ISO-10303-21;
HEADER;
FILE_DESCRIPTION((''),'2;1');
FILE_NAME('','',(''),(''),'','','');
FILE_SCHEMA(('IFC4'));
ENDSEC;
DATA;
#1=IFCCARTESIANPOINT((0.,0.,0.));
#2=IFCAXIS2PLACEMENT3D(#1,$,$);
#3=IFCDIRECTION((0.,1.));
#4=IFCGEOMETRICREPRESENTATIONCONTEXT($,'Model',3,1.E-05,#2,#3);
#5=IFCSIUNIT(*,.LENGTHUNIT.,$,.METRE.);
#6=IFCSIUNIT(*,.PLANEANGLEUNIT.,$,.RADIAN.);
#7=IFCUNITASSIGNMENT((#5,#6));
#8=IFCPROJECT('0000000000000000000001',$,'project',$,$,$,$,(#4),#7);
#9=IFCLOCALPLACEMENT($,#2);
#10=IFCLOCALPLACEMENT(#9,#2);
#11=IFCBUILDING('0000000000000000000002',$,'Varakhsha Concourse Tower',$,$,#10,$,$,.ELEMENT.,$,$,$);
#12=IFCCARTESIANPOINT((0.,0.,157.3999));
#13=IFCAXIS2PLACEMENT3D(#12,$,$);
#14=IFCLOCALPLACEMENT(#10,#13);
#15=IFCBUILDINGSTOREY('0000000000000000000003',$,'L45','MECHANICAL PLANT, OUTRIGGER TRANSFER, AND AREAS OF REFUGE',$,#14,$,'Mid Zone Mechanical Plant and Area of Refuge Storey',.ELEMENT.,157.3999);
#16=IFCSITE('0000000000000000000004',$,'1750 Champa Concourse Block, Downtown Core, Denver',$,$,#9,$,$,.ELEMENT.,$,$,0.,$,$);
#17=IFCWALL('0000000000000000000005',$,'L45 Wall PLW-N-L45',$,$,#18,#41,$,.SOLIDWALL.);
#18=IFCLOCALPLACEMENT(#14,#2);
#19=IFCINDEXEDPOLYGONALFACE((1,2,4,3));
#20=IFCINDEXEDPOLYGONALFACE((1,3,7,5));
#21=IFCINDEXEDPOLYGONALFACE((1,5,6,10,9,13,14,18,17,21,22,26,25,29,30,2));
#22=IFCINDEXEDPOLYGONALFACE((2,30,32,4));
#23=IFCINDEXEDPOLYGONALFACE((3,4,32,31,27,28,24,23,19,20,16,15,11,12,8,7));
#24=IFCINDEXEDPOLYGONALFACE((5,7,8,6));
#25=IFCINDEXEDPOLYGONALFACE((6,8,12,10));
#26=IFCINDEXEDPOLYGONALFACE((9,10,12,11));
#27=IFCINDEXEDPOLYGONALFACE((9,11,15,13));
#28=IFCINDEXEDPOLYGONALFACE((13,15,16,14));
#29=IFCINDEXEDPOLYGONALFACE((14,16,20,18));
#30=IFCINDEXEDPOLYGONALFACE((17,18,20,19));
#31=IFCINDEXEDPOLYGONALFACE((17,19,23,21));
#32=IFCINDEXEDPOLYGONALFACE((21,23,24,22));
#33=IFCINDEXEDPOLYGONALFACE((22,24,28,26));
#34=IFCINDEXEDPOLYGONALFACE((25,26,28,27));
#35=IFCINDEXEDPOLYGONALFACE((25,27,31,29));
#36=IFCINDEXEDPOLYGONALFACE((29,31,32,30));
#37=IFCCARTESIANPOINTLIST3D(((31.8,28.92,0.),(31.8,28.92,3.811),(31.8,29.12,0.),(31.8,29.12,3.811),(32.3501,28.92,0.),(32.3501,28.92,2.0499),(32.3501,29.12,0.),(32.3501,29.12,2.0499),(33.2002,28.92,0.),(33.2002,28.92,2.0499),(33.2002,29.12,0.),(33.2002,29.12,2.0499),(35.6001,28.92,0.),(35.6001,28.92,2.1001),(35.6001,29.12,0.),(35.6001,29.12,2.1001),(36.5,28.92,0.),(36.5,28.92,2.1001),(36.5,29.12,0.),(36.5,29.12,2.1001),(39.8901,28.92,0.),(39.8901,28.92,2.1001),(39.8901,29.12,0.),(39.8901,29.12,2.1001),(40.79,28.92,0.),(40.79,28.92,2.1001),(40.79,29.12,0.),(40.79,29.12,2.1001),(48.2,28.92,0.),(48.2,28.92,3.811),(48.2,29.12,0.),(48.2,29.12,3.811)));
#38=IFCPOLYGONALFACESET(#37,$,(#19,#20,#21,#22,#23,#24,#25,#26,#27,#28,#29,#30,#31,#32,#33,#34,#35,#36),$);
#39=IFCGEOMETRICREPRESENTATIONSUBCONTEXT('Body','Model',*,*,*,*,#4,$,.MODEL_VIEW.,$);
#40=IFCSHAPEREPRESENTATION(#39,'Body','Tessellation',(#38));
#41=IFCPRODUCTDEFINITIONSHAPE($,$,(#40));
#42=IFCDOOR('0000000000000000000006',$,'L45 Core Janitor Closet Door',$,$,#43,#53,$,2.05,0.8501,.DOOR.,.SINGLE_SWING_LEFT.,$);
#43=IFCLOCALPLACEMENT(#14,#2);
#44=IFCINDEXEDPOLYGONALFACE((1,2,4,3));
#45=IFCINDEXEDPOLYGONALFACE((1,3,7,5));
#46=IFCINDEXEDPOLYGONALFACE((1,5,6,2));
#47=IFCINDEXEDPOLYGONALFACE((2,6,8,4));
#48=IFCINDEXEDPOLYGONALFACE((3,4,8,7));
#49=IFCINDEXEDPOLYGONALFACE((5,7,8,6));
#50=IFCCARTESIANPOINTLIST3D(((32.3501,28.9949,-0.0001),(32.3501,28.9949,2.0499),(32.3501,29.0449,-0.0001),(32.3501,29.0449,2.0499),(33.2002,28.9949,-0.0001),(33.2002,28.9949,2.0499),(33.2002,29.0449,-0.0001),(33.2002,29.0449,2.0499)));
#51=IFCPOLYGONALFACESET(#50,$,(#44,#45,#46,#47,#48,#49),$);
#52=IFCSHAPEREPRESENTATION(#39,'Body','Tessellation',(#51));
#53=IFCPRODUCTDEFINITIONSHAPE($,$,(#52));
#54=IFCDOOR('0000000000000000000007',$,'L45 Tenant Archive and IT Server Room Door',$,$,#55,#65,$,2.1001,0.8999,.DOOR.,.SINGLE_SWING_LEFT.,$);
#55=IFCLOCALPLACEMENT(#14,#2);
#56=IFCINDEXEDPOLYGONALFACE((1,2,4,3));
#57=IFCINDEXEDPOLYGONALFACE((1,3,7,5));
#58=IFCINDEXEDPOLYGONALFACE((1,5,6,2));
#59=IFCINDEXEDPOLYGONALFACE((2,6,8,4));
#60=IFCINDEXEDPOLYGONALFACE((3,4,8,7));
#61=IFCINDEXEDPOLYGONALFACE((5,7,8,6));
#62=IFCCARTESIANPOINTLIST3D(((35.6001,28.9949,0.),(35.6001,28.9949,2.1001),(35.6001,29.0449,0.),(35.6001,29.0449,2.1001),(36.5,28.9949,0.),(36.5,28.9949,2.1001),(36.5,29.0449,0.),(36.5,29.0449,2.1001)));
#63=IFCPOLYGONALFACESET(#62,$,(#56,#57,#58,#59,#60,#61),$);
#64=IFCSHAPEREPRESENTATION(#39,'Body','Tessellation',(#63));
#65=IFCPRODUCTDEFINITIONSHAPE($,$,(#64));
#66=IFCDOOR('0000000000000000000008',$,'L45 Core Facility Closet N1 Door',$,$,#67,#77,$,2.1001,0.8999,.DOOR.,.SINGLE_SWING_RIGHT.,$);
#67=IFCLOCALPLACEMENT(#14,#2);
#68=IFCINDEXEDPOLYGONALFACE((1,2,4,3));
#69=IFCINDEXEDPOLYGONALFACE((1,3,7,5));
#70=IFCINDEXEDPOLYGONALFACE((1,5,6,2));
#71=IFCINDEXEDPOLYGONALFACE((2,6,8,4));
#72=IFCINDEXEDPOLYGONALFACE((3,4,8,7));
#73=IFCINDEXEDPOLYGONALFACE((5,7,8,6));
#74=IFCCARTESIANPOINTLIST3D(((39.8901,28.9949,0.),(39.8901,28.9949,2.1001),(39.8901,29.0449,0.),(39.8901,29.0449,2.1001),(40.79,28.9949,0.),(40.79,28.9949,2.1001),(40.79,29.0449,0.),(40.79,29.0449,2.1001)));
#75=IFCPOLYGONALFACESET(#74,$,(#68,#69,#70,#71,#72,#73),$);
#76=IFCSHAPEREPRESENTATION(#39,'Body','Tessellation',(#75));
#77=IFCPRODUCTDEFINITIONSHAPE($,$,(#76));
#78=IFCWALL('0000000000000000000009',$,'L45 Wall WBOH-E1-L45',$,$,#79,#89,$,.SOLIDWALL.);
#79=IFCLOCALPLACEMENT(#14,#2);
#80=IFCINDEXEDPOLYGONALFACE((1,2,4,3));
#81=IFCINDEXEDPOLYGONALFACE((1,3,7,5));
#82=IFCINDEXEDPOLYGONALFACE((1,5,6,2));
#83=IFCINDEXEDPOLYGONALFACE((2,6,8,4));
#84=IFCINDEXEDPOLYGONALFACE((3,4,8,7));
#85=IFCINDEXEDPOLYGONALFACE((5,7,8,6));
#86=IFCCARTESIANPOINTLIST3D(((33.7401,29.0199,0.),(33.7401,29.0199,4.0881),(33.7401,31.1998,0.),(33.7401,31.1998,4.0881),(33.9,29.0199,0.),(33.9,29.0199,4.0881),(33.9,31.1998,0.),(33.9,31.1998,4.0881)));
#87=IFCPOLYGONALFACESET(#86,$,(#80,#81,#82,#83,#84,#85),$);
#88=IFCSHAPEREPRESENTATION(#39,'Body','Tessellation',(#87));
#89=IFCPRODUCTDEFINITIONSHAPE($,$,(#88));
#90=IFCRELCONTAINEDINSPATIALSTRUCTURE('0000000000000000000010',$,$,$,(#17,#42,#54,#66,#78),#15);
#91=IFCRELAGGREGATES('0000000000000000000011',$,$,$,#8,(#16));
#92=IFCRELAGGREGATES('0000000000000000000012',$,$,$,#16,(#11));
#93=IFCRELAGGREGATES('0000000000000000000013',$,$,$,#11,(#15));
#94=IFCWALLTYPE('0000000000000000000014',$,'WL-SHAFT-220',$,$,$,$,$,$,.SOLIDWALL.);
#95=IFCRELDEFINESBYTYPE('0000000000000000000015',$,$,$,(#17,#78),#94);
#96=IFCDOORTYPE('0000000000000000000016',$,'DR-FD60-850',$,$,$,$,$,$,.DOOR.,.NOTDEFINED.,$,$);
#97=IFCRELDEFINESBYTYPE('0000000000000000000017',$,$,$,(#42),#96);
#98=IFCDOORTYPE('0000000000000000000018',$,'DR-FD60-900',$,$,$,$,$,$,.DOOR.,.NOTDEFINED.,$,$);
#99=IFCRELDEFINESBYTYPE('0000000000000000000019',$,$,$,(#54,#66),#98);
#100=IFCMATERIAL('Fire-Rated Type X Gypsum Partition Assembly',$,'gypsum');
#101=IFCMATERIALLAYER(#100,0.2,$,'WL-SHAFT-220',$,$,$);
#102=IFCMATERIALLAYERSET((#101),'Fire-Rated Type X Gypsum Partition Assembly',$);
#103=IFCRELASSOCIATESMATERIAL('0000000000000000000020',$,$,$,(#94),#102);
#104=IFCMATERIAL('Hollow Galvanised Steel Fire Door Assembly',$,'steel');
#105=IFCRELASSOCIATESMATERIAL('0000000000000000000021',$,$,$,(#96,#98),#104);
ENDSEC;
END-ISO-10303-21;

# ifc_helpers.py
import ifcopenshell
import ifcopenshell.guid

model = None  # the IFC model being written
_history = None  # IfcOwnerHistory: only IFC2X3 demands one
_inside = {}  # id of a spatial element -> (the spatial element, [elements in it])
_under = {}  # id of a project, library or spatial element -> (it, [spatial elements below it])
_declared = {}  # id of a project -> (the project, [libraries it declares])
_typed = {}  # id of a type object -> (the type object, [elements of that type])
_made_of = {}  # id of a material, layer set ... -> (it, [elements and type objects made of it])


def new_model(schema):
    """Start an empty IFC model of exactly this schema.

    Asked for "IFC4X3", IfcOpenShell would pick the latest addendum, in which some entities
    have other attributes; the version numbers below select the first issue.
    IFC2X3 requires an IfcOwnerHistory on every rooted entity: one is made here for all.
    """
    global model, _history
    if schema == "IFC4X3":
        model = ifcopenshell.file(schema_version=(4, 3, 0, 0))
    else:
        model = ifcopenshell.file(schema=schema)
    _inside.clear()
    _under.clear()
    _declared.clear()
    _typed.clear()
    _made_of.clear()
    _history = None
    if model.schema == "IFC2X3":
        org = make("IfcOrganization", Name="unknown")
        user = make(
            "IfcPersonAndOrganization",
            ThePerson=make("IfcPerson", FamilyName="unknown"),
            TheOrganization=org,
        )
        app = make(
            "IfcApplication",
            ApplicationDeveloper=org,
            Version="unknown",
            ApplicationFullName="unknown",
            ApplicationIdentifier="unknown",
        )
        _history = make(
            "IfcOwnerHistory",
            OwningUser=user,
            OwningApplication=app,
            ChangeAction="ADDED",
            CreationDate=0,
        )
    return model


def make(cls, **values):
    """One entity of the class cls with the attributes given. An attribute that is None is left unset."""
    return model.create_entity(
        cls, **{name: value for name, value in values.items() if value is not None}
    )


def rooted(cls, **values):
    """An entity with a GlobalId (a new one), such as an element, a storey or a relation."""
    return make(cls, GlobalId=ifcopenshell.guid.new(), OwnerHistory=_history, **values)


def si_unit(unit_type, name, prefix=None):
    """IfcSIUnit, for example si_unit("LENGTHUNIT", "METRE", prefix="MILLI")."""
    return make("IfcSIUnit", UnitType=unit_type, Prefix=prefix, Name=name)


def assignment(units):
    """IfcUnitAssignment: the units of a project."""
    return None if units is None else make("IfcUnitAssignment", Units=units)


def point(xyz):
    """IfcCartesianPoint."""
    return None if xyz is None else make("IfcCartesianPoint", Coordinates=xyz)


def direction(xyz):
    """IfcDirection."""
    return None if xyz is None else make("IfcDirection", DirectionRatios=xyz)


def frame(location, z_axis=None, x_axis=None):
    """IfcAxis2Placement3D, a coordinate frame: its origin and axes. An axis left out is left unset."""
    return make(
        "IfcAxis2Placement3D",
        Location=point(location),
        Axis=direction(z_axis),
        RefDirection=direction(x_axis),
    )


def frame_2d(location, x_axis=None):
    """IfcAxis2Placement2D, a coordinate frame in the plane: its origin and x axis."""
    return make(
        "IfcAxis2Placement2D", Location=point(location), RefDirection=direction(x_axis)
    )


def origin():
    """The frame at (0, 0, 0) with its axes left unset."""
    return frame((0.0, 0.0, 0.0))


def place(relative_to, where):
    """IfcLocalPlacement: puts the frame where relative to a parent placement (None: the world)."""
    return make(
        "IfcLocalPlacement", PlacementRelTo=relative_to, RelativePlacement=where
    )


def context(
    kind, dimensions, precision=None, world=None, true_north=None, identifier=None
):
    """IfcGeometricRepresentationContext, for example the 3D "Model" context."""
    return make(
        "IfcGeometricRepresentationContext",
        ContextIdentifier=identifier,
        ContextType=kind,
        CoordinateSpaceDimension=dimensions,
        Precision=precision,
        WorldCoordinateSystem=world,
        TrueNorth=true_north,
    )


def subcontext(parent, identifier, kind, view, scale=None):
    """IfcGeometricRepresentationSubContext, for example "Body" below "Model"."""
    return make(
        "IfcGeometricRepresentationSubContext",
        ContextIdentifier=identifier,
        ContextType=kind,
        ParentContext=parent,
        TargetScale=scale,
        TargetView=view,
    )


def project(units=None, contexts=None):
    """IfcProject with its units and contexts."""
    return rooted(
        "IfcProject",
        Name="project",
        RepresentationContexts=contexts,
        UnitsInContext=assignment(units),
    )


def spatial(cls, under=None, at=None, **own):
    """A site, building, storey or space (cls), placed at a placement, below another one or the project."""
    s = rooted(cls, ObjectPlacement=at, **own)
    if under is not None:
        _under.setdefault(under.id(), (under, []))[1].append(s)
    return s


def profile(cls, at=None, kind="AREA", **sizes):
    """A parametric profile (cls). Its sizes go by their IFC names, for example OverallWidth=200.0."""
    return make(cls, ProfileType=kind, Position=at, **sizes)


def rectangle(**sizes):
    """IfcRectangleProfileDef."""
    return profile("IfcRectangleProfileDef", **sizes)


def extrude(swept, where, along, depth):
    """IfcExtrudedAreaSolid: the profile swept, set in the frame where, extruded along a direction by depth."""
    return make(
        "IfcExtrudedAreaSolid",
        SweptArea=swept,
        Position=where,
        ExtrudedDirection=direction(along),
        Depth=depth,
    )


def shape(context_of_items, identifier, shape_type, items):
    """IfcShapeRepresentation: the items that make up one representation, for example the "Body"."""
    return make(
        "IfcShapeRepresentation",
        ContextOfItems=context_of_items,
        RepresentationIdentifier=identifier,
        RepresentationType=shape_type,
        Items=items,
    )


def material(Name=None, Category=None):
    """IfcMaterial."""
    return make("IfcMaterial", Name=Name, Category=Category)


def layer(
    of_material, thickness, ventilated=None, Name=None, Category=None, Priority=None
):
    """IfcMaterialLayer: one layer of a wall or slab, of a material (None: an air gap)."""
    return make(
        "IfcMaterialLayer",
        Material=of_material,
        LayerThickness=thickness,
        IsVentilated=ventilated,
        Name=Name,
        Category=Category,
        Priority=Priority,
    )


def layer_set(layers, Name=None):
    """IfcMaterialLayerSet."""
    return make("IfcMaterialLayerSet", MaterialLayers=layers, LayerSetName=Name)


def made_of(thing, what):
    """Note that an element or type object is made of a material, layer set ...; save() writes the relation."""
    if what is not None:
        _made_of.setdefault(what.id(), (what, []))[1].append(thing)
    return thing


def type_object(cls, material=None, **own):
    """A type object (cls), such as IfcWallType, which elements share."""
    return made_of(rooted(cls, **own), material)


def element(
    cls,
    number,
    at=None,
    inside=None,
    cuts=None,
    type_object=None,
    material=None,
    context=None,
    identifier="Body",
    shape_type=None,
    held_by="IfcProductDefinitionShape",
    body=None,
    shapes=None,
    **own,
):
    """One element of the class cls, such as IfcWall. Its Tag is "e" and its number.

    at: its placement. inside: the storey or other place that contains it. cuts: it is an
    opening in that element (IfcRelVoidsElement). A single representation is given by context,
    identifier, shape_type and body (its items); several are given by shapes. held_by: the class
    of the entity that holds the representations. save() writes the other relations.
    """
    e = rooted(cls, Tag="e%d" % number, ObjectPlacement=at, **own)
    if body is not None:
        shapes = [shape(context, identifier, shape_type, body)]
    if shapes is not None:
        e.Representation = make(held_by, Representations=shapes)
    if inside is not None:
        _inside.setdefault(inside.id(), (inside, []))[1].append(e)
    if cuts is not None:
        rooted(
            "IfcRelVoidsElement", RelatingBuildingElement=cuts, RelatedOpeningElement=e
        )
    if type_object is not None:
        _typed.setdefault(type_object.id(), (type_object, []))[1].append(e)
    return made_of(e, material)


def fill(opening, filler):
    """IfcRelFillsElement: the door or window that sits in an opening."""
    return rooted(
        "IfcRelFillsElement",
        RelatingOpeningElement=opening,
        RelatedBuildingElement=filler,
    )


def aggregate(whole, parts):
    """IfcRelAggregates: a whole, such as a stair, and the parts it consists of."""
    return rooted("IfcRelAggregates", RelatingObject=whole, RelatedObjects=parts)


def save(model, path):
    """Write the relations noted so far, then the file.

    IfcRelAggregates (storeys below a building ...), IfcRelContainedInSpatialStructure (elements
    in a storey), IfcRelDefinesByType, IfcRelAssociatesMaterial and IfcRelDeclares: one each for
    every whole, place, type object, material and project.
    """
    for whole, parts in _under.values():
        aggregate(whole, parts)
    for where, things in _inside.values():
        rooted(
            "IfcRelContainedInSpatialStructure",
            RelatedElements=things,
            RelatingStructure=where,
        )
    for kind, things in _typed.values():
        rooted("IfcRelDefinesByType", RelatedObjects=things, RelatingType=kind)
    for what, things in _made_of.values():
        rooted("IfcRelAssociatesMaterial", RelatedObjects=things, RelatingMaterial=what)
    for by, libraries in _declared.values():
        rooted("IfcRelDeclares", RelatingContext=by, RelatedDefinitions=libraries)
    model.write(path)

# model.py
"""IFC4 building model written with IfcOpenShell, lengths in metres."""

from ifc_helpers import new_model, si_unit, direction, frame, frame_2d, origin, place, context, subcontext, project, spatial, rectangle, extrude, material, layer, layer_set, type_object, element, fill, save


model = new_model("IFC4")

# Units and contexts
model_context = context("Model", 3, precision=1e-05, world=origin(), true_north=direction((0.0, 1.0)))
body_context = subcontext(model_context, "Body", "Model", "MODEL_VIEW")
ifc_project = project(units=[si_unit("LENGTHUNIT", "METRE"), si_unit("PLANEANGLEUNIT", "RADIAN")], contexts=[model_context])

# Site, building, storey
site_placement = place(None, origin())
site = spatial("IfcSite", under=ifc_project, at=site_placement, Name="1750 Champa Concourse Block, Downtown Core, Denver", CompositionType="ELEMENT", RefElevation=0.0)
building_placement = place(site_placement, origin())
building = spatial("IfcBuilding", under=site, at=building_placement, Name="Varakhsha Concourse Tower", CompositionType="ELEMENT")
storey_placement = place(building_placement, frame((0.0, 0.0, 157.3999)))
storey = spatial("IfcBuildingStorey", under=building, at=storey_placement, Name="L45", Description="MECHANICAL PLANT, OUTRIGGER TRANSFER, AND AREAS OF REFUGE", LongName="Mid Zone Mechanical Plant and Area of Refuge Storey", CompositionType="ELEMENT", Elevation=157.3999)

# Shared definitions
ifc_material_1 = material(Name="Fire-Rated Type X Gypsum Partition Assembly", Category="gypsum")

# Wall, openings, doors
ifc_layer_1 = layer(ifc_material_1, 0.2, Name="WL-SHAFT-220")
ifc_layer_set_1 = layer_set([ifc_layer_1], Name="Fire-Rated Type X Gypsum Partition Assembly")
wall_type_1 = type_object("IfcWallType", Name="WL-SHAFT-220", PredefinedType="SOLIDWALL", material=ifc_layer_set_1)
wall_1_placement = place(storey_placement, frame((31.8, 29.02, 0.0), z_axis=(0.0, 0.0, 1.0), x_axis=(1.0, 0.0, 0.0)))
wall_1 = element("IfcWall", 1, at=wall_1_placement, inside=storey, type_object=wall_type_1, Name="L45 Wall PLW-N-L45", PredefinedType="SOLIDWALL", context=body_context, shape_type="SweptSolid", body=[
    extrude(rectangle(XDim=16.3999, YDim=0.2, at=frame_2d((8.2, 0.0))), origin(), (0.0, 0.0, 1.0), 3.811),
])
opening_1_placement = place(wall_1_placement, frame((0.55, 0.0, 0.0)))
opening_1 = element("IfcOpeningElement", 2, at=opening_1_placement, cuts=wall_1, PredefinedType="OPENING", context=body_context, shape_type="SweptSolid", body=[
    extrude(rectangle(XDim=0.8501, YDim=2.05, at=frame_2d((0.425, 1.0249))), frame((0.0, 0.1099, 0.0), z_axis=(0.0, -1.0, 0.0), x_axis=(1.0, 0.0, 0.0)), (0.0, 0.0, 1.0), 0.22),
])
opening_2_placement = place(wall_1_placement, frame((3.8, 0.0, 0.0)))
opening_2 = element("IfcOpeningElement", 3, at=opening_2_placement, cuts=wall_1, PredefinedType="OPENING", context=body_context, shape_type="SweptSolid", body=[
    extrude(rectangle(XDim=0.8999, YDim=2.1001, at=frame_2d((0.45, 1.05))), frame((0.0, 0.1099, 0.0), z_axis=(0.0, -1.0, 0.0), x_axis=(1.0, 0.0, 0.0)), (0.0, 0.0, 1.0), 0.22),
])
opening_3_placement = place(wall_1_placement, frame((8.0901, 0.0, 0.0)))
opening_3 = element("IfcOpeningElement", 4, at=opening_3_placement, cuts=wall_1, PredefinedType="OPENING", context=body_context, shape_type="SweptSolid", body=[
    extrude(rectangle(XDim=0.8999, YDim=2.1001, at=frame_2d((0.45, 1.05))), frame((0.0, 0.1099, 0.0), z_axis=(0.0, -1.0, 0.0), x_axis=(1.0, 0.0, 0.0)), (0.0, 0.0, 1.0), 0.22),
])
ifc_material_2 = material(Name="Hollow Galvanised Steel Fire Door Assembly", Category="steel")
door_type_1 = type_object("IfcDoorType", Name="DR-FD60-850", OperationType="NOTDEFINED", PredefinedType="DOOR", material=ifc_material_2)
door_1_placement = place(opening_1_placement, origin())
door_1 = element("IfcDoor", 5, at=door_1_placement, inside=storey, type_object=door_type_1, Name="L45 Core Janitor Closet Door", OperationType="SINGLE_SWING_LEFT", OverallHeight=2.05, OverallWidth=0.8501, PredefinedType="DOOR", context=body_context, shape_type="SweptSolid", body=[
    extrude(rectangle(XDim=0.8501, YDim=2.05, at=frame_2d((0.425, 1.0249))), frame((0.0, 0.0249, 0.0), z_axis=(0.0, -1.0, 0.0), x_axis=(1.0, 0.0, 0.0)), (0.0, 0.0, 1.0), 0.05),
])
fill(opening_1, door_1)
door_type_2 = type_object("IfcDoorType", Name="DR-FD60-900", OperationType="NOTDEFINED", PredefinedType="DOOR", material=ifc_material_2)
door_2_placement = place(opening_2_placement, origin())
door_2 = element("IfcDoor", 6, at=door_2_placement, inside=storey, type_object=door_type_2, Name="L45 Tenant Archive and IT Server Room Door", OperationType="SINGLE_SWING_LEFT", OverallHeight=2.1001, OverallWidth=0.8999, PredefinedType="DOOR", context=body_context, shape_type="SweptSolid", body=[
    extrude(rectangle(XDim=0.8999, YDim=2.1001, at=frame_2d((0.45, 1.05))), frame((0.0, 0.0249, 0.0), z_axis=(0.0, -1.0, 0.0), x_axis=(1.0, 0.0, 0.0)), (0.0, 0.0, 1.0), 0.05),
])
fill(opening_2, door_2)
door_3_placement = place(opening_3_placement, origin())
door_3 = element("IfcDoor", 7, at=door_3_placement, inside=storey, type_object=door_type_2, Name="L45 Core Facility Closet N1 Door", OperationType="SINGLE_SWING_RIGHT", OverallHeight=2.1001, OverallWidth=0.8999, PredefinedType="DOOR", context=body_context, shape_type="SweptSolid", body=[
    extrude(rectangle(XDim=0.8999, YDim=2.1001, at=frame_2d((0.45, 1.05))), frame((0.0, 0.0249, 0.0), z_axis=(0.0, -1.0, 0.0), x_axis=(1.0, 0.0, 0.0)), (0.0, 0.0, 1.0), 0.05),
])
fill(opening_3, door_3)

# Wall
wall_2_placement = place(storey_placement, frame((33.8201, 29.02, 0.0), z_axis=(0.0, 0.0, 1.0), x_axis=(0.0, 1.0, 0.0)))
element("IfcWall", 8, at=wall_2_placement, inside=storey, type_object=wall_type_1, Name="L45 Wall WBOH-E1-L45", PredefinedType="SOLIDWALL", context=body_context, shape_type="SweptSolid", body=[
    extrude(rectangle(XDim=2.1799, YDim=0.1599, at=frame_2d((1.0898, 0.0))), origin(), (0.0, 0.0, 1.0), 4.0881),
])

save(model, "model.ifc")
